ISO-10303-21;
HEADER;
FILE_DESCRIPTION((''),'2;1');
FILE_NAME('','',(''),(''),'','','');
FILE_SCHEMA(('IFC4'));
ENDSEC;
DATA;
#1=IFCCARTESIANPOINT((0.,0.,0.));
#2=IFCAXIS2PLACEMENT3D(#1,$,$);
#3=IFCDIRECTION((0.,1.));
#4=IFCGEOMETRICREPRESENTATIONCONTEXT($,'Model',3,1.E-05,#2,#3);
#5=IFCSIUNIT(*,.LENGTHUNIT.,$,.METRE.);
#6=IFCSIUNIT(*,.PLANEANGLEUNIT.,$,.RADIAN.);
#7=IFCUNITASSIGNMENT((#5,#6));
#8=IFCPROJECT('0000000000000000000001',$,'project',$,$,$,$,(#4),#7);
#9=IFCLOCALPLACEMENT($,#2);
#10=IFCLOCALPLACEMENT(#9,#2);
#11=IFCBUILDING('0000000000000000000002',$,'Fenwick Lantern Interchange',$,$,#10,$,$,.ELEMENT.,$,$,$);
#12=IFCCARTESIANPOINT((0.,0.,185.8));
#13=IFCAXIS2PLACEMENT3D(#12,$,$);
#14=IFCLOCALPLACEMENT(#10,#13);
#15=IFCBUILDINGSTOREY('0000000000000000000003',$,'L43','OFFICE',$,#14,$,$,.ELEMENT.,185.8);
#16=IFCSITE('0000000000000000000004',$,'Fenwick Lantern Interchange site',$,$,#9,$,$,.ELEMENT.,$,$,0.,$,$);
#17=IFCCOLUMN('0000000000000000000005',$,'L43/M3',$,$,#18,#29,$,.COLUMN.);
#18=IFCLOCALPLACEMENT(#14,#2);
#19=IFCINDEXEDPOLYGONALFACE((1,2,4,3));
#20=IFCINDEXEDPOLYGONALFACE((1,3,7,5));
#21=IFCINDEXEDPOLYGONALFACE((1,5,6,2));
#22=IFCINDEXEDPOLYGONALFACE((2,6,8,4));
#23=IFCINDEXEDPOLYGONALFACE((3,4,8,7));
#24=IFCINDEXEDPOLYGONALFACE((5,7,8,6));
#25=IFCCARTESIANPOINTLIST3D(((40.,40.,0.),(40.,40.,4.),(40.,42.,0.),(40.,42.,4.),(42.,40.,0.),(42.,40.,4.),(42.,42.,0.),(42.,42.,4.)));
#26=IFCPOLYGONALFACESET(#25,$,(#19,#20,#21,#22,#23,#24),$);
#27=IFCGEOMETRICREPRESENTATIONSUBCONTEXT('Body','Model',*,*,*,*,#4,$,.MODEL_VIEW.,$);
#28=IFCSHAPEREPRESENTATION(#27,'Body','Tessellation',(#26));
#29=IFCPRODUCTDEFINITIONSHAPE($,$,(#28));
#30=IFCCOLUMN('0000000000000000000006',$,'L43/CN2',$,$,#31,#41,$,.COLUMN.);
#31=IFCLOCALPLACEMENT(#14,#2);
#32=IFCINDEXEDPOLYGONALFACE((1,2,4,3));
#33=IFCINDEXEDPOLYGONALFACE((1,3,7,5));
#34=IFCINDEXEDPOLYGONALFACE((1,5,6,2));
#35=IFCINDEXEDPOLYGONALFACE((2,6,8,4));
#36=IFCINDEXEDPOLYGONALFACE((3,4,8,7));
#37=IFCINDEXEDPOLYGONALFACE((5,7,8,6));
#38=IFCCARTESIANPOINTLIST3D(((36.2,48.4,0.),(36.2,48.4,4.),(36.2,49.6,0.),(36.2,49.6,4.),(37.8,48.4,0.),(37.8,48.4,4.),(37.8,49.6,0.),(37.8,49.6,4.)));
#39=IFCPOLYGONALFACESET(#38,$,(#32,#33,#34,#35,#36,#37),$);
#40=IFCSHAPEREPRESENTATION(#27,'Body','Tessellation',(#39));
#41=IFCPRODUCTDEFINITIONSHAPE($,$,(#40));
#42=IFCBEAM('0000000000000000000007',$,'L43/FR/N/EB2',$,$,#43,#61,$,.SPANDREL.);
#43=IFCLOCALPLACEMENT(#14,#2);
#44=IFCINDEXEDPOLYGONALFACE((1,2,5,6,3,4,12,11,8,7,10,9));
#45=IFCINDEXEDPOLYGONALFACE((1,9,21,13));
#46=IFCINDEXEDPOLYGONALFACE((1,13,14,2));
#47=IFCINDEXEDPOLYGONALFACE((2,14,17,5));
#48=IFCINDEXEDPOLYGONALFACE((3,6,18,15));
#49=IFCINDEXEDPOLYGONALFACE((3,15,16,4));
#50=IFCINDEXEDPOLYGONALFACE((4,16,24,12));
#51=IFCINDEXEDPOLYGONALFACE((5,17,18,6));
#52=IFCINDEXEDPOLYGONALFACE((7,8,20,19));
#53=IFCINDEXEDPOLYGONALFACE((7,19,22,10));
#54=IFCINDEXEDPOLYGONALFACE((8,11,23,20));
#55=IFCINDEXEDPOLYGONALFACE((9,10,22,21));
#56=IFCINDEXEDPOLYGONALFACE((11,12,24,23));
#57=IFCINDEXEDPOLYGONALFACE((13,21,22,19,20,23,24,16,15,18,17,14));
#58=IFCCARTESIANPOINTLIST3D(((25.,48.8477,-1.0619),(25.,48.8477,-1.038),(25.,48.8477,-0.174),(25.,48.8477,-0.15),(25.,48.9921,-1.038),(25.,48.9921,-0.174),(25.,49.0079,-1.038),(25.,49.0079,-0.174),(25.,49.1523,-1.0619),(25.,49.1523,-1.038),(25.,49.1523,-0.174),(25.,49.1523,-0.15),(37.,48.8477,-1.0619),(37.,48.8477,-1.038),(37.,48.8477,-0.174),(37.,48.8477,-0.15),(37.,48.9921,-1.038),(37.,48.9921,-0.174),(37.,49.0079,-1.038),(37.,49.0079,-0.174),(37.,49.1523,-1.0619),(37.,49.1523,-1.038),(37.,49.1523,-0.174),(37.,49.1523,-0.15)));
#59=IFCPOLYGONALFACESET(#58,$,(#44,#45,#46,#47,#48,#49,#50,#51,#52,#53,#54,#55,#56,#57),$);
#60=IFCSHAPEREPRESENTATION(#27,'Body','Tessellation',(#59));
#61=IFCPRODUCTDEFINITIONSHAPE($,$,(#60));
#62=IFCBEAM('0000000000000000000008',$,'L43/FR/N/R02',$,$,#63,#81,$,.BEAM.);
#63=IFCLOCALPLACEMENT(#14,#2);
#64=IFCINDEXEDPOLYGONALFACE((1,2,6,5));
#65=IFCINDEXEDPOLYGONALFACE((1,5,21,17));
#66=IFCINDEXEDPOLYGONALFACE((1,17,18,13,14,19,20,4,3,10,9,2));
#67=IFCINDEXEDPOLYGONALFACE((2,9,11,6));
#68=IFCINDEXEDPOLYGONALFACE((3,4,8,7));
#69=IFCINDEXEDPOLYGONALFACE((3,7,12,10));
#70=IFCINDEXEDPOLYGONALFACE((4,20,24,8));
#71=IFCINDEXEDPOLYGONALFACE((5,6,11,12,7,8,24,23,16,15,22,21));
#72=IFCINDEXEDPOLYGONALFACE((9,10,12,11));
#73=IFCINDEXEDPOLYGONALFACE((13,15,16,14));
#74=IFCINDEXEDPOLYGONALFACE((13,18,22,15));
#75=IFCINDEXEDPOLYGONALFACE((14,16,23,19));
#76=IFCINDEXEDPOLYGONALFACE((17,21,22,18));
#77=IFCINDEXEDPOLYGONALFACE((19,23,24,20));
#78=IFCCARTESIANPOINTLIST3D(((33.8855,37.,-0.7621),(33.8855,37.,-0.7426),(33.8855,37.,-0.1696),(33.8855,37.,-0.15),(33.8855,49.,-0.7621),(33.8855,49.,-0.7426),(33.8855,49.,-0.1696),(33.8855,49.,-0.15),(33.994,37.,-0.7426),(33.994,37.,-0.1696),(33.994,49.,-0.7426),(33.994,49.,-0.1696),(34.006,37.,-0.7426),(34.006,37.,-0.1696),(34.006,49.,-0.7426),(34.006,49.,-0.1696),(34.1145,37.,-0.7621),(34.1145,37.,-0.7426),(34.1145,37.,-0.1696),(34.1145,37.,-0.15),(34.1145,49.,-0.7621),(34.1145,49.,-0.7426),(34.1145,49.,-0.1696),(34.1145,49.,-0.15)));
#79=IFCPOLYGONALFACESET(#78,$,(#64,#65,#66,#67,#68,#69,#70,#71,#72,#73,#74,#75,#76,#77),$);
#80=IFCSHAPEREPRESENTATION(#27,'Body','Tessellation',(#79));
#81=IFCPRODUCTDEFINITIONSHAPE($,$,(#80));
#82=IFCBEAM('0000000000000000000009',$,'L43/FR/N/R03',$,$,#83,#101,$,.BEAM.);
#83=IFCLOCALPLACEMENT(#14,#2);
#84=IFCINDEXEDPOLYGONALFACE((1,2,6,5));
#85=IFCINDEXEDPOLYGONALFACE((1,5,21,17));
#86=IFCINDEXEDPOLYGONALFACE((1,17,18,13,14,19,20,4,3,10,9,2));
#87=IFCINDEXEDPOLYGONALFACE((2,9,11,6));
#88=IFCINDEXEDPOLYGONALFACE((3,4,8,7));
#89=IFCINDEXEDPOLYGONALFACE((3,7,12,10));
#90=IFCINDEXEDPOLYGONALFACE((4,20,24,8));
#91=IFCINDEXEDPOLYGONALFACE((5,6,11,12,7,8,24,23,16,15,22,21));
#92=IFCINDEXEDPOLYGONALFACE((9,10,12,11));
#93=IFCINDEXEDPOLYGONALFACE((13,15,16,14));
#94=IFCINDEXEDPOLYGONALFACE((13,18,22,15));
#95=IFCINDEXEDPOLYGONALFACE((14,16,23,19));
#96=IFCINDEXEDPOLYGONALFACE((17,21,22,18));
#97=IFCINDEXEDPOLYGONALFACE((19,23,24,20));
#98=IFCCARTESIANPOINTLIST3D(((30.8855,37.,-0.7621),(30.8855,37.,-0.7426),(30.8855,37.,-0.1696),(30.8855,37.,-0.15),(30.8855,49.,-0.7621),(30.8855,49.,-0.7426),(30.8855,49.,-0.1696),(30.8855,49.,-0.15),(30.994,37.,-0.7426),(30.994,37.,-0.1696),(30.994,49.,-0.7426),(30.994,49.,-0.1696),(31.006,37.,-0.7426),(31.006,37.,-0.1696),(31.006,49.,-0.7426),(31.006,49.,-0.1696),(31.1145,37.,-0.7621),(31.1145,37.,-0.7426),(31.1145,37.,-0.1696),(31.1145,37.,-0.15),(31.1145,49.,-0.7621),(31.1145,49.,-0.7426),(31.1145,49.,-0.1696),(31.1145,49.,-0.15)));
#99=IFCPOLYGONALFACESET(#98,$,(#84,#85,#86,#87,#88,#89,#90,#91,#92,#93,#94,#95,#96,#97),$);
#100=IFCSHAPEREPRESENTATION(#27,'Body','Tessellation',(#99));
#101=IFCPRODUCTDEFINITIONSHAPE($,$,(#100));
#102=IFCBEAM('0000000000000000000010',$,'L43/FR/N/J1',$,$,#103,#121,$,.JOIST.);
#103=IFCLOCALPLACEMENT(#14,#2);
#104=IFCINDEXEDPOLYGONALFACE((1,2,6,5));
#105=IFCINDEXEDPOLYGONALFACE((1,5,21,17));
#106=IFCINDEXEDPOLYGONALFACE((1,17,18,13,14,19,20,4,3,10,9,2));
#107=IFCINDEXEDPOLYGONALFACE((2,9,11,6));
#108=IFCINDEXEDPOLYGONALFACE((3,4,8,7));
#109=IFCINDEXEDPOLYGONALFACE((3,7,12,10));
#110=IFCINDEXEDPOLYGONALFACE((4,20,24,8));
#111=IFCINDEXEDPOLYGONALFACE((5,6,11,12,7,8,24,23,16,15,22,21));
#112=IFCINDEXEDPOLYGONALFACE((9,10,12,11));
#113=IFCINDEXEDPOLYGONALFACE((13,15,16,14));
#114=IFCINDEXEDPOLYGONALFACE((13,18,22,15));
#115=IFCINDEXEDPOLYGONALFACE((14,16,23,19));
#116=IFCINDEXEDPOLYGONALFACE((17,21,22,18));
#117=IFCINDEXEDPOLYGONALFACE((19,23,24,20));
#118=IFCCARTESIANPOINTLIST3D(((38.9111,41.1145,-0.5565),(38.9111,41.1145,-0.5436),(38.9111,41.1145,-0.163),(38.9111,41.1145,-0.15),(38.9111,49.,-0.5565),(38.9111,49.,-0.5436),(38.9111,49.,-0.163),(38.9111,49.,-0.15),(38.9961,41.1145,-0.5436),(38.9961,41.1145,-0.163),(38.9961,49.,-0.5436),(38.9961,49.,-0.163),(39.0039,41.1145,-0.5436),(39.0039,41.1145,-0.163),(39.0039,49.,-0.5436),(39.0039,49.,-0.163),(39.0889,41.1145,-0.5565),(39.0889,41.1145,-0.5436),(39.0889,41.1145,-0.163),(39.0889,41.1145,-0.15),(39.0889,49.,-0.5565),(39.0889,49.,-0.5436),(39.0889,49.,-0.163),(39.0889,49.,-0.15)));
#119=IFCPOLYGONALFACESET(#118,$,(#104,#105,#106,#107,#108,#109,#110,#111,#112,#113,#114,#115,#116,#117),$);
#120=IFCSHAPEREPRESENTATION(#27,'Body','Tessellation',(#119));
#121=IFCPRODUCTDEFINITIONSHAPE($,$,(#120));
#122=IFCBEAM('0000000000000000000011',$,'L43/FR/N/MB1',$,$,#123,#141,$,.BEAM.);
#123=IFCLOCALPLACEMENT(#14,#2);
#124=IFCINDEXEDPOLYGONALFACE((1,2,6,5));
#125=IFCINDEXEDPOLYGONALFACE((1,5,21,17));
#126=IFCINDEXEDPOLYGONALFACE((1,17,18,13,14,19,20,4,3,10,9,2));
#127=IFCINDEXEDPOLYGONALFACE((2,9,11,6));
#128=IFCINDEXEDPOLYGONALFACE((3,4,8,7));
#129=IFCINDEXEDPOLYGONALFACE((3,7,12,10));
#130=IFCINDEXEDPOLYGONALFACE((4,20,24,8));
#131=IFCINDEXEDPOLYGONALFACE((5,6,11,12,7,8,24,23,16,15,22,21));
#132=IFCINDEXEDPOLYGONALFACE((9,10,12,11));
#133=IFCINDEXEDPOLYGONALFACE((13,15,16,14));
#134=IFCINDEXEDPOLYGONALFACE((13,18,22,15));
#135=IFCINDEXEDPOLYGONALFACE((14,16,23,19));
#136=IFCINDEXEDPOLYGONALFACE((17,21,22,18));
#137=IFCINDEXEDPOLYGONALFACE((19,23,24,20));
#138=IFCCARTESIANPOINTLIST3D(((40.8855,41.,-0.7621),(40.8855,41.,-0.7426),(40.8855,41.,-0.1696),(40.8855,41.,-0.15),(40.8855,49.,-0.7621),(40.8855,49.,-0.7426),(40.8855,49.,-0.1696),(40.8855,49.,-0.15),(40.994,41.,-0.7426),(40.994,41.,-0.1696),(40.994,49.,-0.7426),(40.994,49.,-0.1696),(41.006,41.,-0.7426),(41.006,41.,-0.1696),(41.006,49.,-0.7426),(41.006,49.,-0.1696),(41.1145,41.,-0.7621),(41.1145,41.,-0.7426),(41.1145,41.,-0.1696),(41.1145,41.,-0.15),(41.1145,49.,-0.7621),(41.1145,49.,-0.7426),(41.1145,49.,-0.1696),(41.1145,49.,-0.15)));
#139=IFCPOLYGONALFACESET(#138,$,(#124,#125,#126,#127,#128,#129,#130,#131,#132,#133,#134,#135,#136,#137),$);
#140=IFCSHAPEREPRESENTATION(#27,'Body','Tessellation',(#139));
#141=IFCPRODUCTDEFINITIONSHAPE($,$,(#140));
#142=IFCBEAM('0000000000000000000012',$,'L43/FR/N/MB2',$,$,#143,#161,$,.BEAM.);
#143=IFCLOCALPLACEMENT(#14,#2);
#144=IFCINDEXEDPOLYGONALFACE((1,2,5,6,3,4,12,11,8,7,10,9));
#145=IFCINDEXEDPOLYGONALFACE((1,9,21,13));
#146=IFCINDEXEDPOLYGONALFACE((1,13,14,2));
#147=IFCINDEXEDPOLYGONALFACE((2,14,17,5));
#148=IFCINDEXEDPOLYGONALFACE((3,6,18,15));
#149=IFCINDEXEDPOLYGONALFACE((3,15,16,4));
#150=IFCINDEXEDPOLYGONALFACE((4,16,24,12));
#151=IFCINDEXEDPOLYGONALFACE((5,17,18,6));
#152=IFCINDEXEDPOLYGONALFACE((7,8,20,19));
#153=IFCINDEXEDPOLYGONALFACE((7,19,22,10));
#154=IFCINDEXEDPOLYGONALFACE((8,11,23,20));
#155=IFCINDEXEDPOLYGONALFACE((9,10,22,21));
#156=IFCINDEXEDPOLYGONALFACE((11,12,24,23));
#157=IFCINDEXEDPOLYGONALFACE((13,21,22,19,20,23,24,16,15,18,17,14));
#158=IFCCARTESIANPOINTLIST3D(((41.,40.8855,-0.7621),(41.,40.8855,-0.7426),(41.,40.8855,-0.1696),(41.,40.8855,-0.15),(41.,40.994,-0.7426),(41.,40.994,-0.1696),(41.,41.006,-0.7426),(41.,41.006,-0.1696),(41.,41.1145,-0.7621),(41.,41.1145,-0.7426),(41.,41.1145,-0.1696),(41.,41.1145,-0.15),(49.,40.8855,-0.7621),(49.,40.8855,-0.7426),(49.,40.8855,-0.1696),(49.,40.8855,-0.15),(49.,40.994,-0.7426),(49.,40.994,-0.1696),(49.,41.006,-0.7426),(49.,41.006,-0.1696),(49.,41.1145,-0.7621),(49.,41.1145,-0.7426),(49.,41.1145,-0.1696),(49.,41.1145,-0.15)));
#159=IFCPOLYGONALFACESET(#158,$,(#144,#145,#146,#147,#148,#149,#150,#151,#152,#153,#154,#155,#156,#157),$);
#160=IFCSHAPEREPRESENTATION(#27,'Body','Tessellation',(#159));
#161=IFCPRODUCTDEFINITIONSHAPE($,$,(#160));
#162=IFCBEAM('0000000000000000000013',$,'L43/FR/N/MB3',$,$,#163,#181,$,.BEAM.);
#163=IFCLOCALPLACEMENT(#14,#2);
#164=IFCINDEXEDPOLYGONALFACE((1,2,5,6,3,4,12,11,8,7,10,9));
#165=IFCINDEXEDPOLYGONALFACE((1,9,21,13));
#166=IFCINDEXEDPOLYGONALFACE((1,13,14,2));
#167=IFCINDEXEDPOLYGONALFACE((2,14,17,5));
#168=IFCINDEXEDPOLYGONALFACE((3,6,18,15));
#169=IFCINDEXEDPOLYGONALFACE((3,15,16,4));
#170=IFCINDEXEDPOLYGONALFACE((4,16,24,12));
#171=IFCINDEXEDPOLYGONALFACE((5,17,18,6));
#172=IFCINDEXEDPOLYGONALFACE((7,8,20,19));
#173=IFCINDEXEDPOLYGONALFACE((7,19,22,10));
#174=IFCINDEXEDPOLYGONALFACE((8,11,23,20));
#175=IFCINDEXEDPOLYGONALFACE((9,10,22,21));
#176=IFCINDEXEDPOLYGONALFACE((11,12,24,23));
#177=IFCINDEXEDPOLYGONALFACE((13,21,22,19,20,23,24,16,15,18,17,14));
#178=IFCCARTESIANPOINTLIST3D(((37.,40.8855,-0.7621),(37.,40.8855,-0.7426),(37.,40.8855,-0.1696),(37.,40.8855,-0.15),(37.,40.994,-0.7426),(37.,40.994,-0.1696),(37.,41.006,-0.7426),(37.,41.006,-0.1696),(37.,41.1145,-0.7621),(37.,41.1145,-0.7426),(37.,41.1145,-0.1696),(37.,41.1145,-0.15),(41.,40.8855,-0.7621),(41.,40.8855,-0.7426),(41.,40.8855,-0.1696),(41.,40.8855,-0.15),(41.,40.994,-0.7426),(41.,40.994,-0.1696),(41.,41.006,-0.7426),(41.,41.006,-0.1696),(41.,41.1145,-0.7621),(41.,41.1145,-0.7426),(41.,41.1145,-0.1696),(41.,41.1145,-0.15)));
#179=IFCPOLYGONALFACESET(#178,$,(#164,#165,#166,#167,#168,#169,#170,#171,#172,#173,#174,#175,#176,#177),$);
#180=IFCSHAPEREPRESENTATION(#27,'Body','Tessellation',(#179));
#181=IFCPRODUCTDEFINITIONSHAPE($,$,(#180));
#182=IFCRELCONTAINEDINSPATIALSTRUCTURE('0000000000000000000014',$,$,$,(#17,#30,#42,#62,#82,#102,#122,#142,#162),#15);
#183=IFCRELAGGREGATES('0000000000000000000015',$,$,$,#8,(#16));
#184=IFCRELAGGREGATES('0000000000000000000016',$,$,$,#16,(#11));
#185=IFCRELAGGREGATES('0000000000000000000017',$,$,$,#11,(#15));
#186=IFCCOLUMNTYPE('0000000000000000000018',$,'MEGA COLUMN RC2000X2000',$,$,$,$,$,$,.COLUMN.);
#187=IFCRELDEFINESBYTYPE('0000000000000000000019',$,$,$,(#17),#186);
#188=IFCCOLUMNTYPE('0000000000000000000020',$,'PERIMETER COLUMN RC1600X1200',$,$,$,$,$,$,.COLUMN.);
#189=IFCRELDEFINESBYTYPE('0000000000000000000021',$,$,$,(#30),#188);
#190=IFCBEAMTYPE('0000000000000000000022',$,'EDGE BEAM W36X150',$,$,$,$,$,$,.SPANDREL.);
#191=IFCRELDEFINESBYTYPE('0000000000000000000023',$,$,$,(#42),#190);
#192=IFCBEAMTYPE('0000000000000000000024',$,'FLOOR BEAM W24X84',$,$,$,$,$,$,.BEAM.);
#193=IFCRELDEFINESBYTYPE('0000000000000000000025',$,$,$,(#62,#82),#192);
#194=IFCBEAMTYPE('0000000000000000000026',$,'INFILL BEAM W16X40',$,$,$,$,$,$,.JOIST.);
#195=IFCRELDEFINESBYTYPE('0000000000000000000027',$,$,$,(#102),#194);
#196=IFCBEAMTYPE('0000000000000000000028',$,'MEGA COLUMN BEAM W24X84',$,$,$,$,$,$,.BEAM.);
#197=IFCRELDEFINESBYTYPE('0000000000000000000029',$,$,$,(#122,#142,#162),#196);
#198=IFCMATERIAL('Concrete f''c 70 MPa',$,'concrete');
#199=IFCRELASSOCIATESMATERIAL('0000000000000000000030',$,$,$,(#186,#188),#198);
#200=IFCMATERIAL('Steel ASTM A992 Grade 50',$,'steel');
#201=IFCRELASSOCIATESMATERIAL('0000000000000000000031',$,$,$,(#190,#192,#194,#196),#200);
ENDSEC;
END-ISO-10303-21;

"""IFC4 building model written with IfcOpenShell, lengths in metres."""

from ifc_helpers import new_model, si_unit, direction, frame, origin, origin_2d, place, context, subcontext, project, spatial, rectangle, i_section, extrude, material, material_profile, profile_set, type_object, element, save


model = new_model("IFC4")

# Units and contexts
model_context = context("Model", 3, precision=1e-05, world=origin(), true_north=direction((0.0, 1.0)))
body_context = subcontext(model_context, "Body", "Model", "MODEL_VIEW")
ifc_project = project(units=[si_unit("LENGTHUNIT", "METRE"), si_unit("PLANEANGLEUNIT", "RADIAN")], contexts=[model_context])

# Site, building, storey
site_placement = place(None, origin())
site = spatial("IfcSite", under=ifc_project, at=site_placement, Name="Fenwick Lantern Interchange site", CompositionType="ELEMENT", RefElevation=0.0)
building_placement = place(site_placement, origin())
building = spatial("IfcBuilding", under=site, at=building_placement, Name="Fenwick Lantern Interchange", CompositionType="ELEMENT")
storey_placement = place(building_placement, frame((0.0, 0.0, 185.8)))
storey = spatial("IfcBuildingStorey", under=building, at=storey_placement, Name="L43", Description="OFFICE", CompositionType="ELEMENT", Elevation=185.8)

# Columns
ifc_material_1 = material(Name="Concrete f'c 70 MPa", Category="concrete")
ifc_material_profile_1 = material_profile(ifc_material_1, rectangle(XDim=2.0, YDim=2.0, at=origin_2d()), Name="RC2000X2000")
ifc_profile_set_1 = profile_set([ifc_material_profile_1], Name="Concrete f'c 70 MPa")
column_type_1 = type_object("IfcColumnType", Name="MEGA COLUMN RC2000X2000", PredefinedType="COLUMN", material=ifc_profile_set_1)
column_1_placement = place(storey_placement, frame((41.0, 41.0, 0.0), z_axis=(0.0, 0.0, 1.0), x_axis=(1.0, 0.0, 0.0)))
element("IfcColumn", 1, at=column_1_placement, inside=storey, type_object=column_type_1, Name="L43/M3", PredefinedType="COLUMN", context=body_context, shape_type="SweptSolid", body=[
    extrude(rectangle(XDim=2.0, YDim=2.0, at=origin_2d()), origin(), (0.0, 0.0, 1.0), 4.0),
])
ifc_material_profile_2 = material_profile(ifc_material_1, rectangle(XDim=1.6001, YDim=1.2, at=origin_2d()), Name="RC1600X1200")
ifc_profile_set_2 = profile_set([ifc_material_profile_2], Name="Concrete f'c 70 MPa")
column_type_2 = type_object("IfcColumnType", Name="PERIMETER COLUMN RC1600X1200", PredefinedType="COLUMN", material=ifc_profile_set_2)
column_2_placement = place(storey_placement, frame((37.0, 49.0, 0.0), z_axis=(0.0, 0.0, 1.0), x_axis=(1.0, 0.0, 0.0)))
element("IfcColumn", 2, at=column_2_placement, inside=storey, type_object=column_type_2, Name="L43/CN2", PredefinedType="COLUMN", context=body_context, shape_type="SweptSolid", body=[
    extrude(rectangle(XDim=1.6001, YDim=1.2, at=origin_2d()), origin(), (0.0, 0.0, 1.0), 4.0),
])

# Beams
ifc_material_2 = material(Name="Steel ASTM A992 Grade 50", Category="steel")
ifc_material_profile_3 = material_profile(ifc_material_2, i_section(OverallWidth=0.3047, OverallDepth=0.9119, WebThickness=0.0159, FlangeThickness=0.0239, at=origin_2d()), Name="W36X150")
ifc_profile_set_3 = profile_set([ifc_material_profile_3], Name="Steel ASTM A992 Grade 50")
beam_type_1 = type_object("IfcBeamType", Name="EDGE BEAM W36X150", PredefinedType="SPANDREL", material=ifc_profile_set_3)
beam_1_placement = place(storey_placement, frame((37.0, 49.0, -0.606), z_axis=(-1.0, 0.0, 0.0), x_axis=(0.0, -1.0, 0.0)))
element("IfcBeam", 3, at=beam_1_placement, inside=storey, type_object=beam_type_1, Name="L43/FR/N/EB2", PredefinedType="SPANDREL", context=body_context, shape_type="SweptSolid", body=[
    extrude(i_section(OverallWidth=0.3047, OverallDepth=0.9119, WebThickness=0.0159, FlangeThickness=0.0239, at=origin_2d()), origin(), (0.0, 0.0, 1.0), 12.0),
])
ifc_material_profile_4 = material_profile(ifc_material_2, i_section(OverallWidth=0.229, OverallDepth=0.6121, WebThickness=0.012, FlangeThickness=0.0195, at=origin_2d()), Name="W24X84")
ifc_profile_set_4 = profile_set([ifc_material_profile_4], Name="Steel ASTM A992 Grade 50")
beam_type_2 = type_object("IfcBeamType", Name="FLOOR BEAM W24X84", PredefinedType="BEAM", material=ifc_profile_set_4)
for number, where, z_axis, x_axis, name in (
    (4, (34.0, 49.0, -0.4561), (0.0, -1.0, 0.0), (1.0, 0.0, 0.0), "L43/FR/N/R02"),
    (5, (31.0, 49.0, -0.4561), (0.0, -1.0, 0.0), (1.0, 0.0, 0.0), "L43/FR/N/R03"),
):
    element("IfcBeam", number, at=place(storey_placement, frame(where, z_axis=z_axis, x_axis=x_axis)), inside=storey, type_object=beam_type_2, Name=name, PredefinedType="BEAM", context=body_context, shape_type="SweptSolid", body=[
        extrude(i_section(OverallWidth=0.229, OverallDepth=0.6121, WebThickness=0.012, FlangeThickness=0.0195, at=origin_2d()), origin(), (0.0, 0.0, 1.0), 12.0),
    ])
ifc_material_profile_5 = material_profile(ifc_material_2, i_section(OverallWidth=0.1777, OverallDepth=0.4065, WebThickness=0.0078, FlangeThickness=0.0129, at=origin_2d()), Name="W16X40")
ifc_profile_set_5 = profile_set([ifc_material_profile_5], Name="Steel ASTM A992 Grade 50")
beam_type_3 = type_object("IfcBeamType", Name="INFILL BEAM W16X40", PredefinedType="JOIST", material=ifc_profile_set_5)
beam_2_placement = place(storey_placement, frame((39.0, 49.0, -0.3533), z_axis=(0.0, -1.0, 0.0), x_axis=(1.0, 0.0, 0.0)))
element("IfcBeam", 6, at=beam_2_placement, inside=storey, type_object=beam_type_3, Name="L43/FR/N/J1", PredefinedType="JOIST", context=body_context, shape_type="SweptSolid", body=[
    extrude(i_section(OverallWidth=0.1777, OverallDepth=0.4065, WebThickness=0.0078, FlangeThickness=0.0129, at=origin_2d()), origin(), (0.0, 0.0, 1.0), 7.8855),
])
ifc_material_profile_6 = material_profile(ifc_material_2, i_section(OverallWidth=0.229, OverallDepth=0.6121, WebThickness=0.012, FlangeThickness=0.0195, at=origin_2d()), Name="W24X84")
ifc_profile_set_6 = profile_set([ifc_material_profile_6], Name="Steel ASTM A992 Grade 50")
beam_type_4 = type_object("IfcBeamType", Name="MEGA COLUMN BEAM W24X84", PredefinedType="BEAM", material=ifc_profile_set_6)
for number, where, z_axis, x_axis, name in (
    (7, (41.0, 41.0, -0.4561), (0.0, 1.0, 0.0), (-1.0, 0.0, 0.0), "L43/FR/N/MB1"),
    (8, (41.0, 41.0, -0.4561), (1.0, 0.0, 0.0), (0.0, 1.0, 0.0), "L43/FR/N/MB2"),
):
    element("IfcBeam", number, at=place(storey_placement, frame(where, z_axis=z_axis, x_axis=x_axis)), inside=storey, type_object=beam_type_4, Name=name, PredefinedType="BEAM", context=body_context, shape_type="SweptSolid", body=[
        extrude(i_section(OverallWidth=0.229, OverallDepth=0.6121, WebThickness=0.012, FlangeThickness=0.0195, at=origin_2d()), origin(), (0.0, 0.0, 1.0), 8.0),
    ])
beam_3_placement = place(storey_placement, frame((41.0, 41.0, -0.4561), z_axis=(-1.0, 0.0, 0.0), x_axis=(0.0, -1.0, 0.0)))
element("IfcBeam", 9, at=beam_3_placement, inside=storey, type_object=beam_type_4, Name="L43/FR/N/MB3", PredefinedType="BEAM", context=body_context, shape_type="SweptSolid", body=[
    extrude(i_section(OverallWidth=0.229, OverallDepth=0.6121, WebThickness=0.012, FlangeThickness=0.0195, at=origin_2d()), origin(), (0.0, 0.0, 1.0), 4.0),
])

save(model, "model.ifc")
